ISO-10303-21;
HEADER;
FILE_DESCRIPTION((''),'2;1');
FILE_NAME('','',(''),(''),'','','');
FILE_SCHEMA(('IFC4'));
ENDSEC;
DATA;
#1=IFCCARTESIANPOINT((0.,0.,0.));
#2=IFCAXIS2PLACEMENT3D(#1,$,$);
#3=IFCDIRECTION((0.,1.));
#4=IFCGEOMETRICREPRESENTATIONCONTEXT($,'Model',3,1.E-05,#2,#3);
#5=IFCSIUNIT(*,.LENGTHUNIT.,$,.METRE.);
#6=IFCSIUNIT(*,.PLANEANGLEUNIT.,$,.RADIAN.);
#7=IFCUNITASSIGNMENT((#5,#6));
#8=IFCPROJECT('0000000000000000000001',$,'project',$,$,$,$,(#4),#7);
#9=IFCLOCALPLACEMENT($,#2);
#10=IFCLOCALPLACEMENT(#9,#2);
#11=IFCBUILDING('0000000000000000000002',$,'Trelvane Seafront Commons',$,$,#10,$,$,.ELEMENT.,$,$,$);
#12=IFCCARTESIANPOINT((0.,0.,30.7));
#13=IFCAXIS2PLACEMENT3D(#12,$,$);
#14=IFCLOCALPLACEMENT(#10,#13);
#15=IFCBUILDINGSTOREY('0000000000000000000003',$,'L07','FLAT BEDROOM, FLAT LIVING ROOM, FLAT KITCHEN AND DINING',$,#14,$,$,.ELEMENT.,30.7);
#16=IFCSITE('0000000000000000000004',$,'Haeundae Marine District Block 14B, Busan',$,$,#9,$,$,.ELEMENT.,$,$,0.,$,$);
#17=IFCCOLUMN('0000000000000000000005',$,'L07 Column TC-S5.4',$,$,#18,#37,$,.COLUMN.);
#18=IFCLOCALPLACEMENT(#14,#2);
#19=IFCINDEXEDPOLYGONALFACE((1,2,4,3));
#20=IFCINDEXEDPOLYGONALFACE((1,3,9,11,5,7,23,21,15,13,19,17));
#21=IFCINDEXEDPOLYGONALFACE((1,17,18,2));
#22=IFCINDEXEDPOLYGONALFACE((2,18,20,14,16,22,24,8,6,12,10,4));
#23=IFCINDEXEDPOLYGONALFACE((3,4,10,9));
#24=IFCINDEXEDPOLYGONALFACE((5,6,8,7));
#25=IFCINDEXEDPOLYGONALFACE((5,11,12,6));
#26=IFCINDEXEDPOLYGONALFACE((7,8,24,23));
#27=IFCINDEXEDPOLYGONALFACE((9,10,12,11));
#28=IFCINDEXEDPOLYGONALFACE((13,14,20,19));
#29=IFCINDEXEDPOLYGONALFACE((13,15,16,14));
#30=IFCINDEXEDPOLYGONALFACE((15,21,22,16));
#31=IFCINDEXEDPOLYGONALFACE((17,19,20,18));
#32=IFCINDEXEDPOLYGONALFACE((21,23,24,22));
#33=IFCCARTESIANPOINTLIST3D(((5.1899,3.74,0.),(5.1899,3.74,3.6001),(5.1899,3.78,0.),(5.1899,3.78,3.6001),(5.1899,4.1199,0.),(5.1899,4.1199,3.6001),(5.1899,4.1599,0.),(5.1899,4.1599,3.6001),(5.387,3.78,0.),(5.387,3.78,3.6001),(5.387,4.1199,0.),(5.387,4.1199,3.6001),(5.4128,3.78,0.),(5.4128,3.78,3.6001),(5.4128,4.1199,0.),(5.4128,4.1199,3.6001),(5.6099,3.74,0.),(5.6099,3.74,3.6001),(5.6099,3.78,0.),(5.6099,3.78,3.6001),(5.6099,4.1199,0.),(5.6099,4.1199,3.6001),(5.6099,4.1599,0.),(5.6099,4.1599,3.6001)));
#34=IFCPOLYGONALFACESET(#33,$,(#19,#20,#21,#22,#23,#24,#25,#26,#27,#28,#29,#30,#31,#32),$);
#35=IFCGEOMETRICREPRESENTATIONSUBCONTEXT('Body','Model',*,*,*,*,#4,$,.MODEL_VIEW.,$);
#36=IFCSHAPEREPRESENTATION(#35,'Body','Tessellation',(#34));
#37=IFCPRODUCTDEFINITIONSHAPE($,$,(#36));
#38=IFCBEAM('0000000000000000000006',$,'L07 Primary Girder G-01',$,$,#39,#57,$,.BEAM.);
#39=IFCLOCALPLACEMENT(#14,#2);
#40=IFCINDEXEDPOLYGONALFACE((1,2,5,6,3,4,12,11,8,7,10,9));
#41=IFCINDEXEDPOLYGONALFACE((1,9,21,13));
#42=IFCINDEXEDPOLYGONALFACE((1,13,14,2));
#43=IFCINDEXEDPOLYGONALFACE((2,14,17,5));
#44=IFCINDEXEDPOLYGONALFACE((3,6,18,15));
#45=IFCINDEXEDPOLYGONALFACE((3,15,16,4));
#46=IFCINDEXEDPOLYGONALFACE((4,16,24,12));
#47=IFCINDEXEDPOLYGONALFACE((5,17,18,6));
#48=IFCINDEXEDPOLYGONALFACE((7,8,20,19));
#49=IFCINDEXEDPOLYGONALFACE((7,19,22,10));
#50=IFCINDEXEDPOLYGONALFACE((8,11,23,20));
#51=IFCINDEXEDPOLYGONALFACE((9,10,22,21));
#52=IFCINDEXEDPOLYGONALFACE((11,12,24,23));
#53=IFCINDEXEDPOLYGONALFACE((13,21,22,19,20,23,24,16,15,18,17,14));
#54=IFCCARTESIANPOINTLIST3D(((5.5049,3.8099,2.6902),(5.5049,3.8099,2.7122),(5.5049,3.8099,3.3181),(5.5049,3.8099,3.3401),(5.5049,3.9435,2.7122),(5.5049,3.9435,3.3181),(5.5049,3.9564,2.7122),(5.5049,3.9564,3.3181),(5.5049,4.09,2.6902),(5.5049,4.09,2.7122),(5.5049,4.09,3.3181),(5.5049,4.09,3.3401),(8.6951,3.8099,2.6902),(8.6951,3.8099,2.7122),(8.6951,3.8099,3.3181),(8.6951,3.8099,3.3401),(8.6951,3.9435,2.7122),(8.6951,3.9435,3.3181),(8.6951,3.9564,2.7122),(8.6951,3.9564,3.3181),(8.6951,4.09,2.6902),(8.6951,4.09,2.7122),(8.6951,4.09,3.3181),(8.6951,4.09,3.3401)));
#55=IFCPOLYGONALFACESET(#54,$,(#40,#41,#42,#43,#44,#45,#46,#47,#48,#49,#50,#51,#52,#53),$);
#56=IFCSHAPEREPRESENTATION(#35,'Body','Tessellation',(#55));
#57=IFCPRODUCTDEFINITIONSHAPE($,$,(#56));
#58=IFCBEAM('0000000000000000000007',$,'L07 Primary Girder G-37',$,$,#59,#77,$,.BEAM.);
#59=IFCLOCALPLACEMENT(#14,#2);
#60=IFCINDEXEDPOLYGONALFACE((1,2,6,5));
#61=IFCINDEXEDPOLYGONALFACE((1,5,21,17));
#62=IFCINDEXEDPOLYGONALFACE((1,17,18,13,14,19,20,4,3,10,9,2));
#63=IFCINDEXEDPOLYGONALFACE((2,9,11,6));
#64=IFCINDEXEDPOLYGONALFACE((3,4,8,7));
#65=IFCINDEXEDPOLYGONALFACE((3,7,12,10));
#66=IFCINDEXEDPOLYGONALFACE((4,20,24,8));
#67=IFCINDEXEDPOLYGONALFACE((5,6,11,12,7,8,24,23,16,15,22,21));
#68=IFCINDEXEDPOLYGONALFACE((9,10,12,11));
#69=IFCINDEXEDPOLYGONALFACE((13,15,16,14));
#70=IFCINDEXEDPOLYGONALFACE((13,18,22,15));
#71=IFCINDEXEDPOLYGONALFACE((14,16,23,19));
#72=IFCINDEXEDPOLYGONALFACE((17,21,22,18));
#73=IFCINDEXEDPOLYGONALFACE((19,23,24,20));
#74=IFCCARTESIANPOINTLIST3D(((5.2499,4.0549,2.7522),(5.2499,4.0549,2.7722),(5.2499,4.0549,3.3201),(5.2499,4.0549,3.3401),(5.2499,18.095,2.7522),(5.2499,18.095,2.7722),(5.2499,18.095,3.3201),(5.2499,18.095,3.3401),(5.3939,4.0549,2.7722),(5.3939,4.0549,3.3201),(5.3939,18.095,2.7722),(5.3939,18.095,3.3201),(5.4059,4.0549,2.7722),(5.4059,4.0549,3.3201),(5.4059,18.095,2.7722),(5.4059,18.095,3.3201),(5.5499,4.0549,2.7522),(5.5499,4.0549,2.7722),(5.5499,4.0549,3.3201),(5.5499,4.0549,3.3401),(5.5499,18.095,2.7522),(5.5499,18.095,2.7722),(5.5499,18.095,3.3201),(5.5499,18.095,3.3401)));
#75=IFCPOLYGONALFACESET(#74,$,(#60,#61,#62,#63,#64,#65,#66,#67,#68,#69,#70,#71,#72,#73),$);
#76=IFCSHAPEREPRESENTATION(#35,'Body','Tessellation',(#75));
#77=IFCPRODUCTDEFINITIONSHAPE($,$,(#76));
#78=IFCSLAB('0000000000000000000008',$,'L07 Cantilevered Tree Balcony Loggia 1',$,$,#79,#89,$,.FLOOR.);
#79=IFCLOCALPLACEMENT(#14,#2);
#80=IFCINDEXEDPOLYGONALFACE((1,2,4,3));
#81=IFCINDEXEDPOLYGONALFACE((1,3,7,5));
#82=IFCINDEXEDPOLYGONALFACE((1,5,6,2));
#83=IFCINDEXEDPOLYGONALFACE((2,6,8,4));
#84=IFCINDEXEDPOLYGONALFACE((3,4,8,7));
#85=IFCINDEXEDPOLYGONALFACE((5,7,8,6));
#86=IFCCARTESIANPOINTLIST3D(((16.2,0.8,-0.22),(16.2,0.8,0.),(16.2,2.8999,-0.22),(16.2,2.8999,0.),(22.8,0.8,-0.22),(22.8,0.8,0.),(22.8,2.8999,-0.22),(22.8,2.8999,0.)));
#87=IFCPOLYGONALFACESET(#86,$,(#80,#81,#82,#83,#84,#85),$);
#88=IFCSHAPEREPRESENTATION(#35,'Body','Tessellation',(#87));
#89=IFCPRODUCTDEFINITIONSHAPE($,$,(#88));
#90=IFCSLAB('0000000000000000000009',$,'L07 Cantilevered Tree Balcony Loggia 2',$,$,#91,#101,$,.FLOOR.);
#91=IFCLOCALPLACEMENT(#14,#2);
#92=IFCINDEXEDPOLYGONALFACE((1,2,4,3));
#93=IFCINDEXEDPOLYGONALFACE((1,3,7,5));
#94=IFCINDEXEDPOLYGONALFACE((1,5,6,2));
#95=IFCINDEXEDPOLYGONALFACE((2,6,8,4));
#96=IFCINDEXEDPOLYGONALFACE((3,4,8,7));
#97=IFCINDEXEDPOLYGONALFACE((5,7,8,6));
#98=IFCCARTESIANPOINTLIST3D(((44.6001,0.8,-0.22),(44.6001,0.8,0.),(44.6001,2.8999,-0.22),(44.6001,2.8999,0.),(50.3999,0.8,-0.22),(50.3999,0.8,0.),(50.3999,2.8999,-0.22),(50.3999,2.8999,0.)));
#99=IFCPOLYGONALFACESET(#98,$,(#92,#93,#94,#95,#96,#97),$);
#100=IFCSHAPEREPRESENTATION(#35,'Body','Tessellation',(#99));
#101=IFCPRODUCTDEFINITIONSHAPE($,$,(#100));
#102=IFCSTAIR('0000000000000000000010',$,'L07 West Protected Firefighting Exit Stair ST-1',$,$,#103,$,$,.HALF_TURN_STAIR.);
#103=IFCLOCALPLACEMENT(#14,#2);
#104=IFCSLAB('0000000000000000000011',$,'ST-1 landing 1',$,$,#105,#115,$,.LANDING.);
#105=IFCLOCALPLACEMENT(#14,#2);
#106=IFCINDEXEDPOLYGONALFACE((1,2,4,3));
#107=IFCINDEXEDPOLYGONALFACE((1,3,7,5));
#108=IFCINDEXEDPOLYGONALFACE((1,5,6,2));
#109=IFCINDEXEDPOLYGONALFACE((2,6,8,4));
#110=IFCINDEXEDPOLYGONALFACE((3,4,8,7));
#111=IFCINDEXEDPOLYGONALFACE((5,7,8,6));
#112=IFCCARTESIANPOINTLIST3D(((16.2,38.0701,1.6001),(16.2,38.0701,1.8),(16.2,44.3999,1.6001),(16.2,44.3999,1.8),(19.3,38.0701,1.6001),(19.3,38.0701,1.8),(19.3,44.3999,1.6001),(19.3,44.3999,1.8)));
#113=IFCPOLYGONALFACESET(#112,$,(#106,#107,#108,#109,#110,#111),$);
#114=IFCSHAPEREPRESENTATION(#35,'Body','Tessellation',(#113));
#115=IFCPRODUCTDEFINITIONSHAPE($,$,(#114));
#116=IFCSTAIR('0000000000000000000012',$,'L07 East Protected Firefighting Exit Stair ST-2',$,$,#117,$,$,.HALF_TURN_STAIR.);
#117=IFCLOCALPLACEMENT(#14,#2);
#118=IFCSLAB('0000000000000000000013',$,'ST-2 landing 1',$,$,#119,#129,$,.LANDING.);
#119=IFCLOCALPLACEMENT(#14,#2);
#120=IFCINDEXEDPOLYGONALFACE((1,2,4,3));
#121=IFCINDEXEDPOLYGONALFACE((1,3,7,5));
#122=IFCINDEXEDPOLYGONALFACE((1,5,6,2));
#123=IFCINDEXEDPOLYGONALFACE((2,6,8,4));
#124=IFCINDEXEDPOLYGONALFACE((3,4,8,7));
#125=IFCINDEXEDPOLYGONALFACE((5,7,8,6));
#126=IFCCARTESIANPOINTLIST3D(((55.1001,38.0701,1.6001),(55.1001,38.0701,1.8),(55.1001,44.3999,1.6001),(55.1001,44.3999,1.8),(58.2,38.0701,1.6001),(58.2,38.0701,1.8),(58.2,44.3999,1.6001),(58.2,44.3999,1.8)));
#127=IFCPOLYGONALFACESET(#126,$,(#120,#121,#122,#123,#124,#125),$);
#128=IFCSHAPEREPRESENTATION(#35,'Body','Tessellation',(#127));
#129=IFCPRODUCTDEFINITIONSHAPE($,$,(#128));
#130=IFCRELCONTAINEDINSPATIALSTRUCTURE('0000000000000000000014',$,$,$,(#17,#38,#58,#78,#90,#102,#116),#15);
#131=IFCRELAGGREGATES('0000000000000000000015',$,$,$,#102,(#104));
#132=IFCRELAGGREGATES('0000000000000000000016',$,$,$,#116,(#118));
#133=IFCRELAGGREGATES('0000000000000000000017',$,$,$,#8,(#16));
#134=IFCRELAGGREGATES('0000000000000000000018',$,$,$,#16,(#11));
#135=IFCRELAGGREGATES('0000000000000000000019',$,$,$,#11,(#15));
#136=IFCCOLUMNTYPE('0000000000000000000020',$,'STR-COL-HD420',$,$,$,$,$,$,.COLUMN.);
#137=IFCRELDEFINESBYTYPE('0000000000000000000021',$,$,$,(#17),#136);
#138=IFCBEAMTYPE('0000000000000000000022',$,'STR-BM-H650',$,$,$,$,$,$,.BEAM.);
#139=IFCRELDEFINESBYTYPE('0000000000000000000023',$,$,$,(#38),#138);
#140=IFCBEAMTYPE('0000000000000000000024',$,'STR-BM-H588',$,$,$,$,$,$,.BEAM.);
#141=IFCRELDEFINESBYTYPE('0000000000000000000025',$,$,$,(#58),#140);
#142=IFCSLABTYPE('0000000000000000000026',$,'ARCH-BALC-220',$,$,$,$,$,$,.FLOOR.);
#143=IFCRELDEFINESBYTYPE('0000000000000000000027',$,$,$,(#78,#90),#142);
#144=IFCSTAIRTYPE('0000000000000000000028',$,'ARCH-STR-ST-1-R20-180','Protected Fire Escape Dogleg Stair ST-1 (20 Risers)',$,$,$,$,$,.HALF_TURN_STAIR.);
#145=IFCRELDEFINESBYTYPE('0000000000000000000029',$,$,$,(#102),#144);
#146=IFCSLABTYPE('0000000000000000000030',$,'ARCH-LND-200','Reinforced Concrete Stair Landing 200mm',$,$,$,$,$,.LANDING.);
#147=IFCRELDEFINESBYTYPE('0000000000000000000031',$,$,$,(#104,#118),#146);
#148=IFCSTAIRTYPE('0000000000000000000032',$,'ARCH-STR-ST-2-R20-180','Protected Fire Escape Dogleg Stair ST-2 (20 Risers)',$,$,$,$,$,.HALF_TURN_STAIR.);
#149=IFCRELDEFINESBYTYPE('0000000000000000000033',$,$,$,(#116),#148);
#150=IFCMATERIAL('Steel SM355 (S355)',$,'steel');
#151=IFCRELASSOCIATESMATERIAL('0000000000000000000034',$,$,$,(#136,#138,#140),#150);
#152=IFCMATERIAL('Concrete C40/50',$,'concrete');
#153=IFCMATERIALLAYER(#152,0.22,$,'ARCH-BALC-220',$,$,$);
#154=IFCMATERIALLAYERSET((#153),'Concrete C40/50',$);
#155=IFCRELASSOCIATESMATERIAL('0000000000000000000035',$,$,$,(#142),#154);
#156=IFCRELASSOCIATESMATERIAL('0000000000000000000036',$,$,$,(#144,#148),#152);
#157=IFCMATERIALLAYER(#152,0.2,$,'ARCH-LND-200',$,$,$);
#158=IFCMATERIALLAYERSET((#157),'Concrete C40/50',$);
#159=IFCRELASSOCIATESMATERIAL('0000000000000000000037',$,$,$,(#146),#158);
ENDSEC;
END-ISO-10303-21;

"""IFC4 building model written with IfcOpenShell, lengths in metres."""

from ifc_helpers import new_model, si_unit, direction, frame, origin, origin_2d, place, context, subcontext, project, spatial, polyline, i_section, outline, extrude, source, transform, mapped, material, layer, layer_set, material_profile, profile_set, type_object, element, aggregate, save


model = new_model("IFC4")

# Units and contexts
model_context = context("Model", 3, precision=1e-05, world=origin(), true_north=direction((0.0, 1.0)))
body_context = subcontext(model_context, "Body", "Model", "MODEL_VIEW")
ifc_project = project(units=[si_unit("LENGTHUNIT", "METRE"), si_unit("PLANEANGLEUNIT", "RADIAN")], contexts=[model_context])

# Site, building, storey
site_placement = place(None, origin())
site = spatial("IfcSite", under=ifc_project, at=site_placement, Name="Haeundae Marine District Block 14B, Busan", CompositionType="ELEMENT", RefElevation=0.0)
building_placement = place(site_placement, origin())
building = spatial("IfcBuilding", under=site, at=building_placement, Name="Trelvane Seafront Commons", CompositionType="ELEMENT")
storey_placement = place(building_placement, frame((0.0, 0.0, 30.7)))
storey = spatial("IfcBuildingStorey", under=building, at=storey_placement, Name="L07", Description="FLAT BEDROOM, FLAT LIVING ROOM, FLAT KITCHEN AND DINING", CompositionType="ELEMENT", Elevation=30.7)

# Column
ifc_material_1 = material(Name="Steel SM355 (S355)", Category="steel")
ifc_material_profile_1 = material_profile(ifc_material_1, i_section(OverallWidth=0.4199, OverallDepth=0.4199, WebThickness=0.0259, FlangeThickness=0.04, at=origin_2d()), Name="HD-420x420x26x40")
ifc_profile_set_1 = profile_set([ifc_material_profile_1], Name="Steel SM355 (S355)")
column_type = type_object("IfcColumnType", Name="STR-COL-HD420", PredefinedType="COLUMN", material=ifc_profile_set_1)
shared_shape_1 = source(origin(), body_context, "Body", "SweptSolid", [
    extrude(i_section(OverallWidth=0.4199, OverallDepth=0.4199, WebThickness=0.0259, FlangeThickness=0.04, at=origin_2d()), origin(), (0.0, 0.0, 1.0), 3.6001),
])
column_placement = place(storey_placement, frame((5.3999, 3.95, 0.0), z_axis=(0.0, 0.0, 1.0), x_axis=(1.0, 0.0, 0.0)))
element("IfcColumn", 1, at=column_placement, inside=storey, type_object=column_type, Name="L07 Column TC-S5.4", PredefinedType="COLUMN", context=body_context, shape_type="MappedRepresentation", body=[
    mapped(shared_shape_1, transform((0.0, 0.0, 0.0), x_axis=(1.0, 0.0, 0.0), y_axis=(0.0, 1.0, 0.0), z_axis=(0.0, 0.0, 1.0), scale=1.0)),
])

# Beams
ifc_material_profile_2 = material_profile(ifc_material_1, i_section(OverallWidth=0.28, OverallDepth=0.6499, WebThickness=0.0129, FlangeThickness=0.022, at=origin_2d()), Name="H-650x280x13x22")
ifc_profile_set_2 = profile_set([ifc_material_profile_2], Name="Steel SM355 (S355)")
beam_type_1 = type_object("IfcBeamType", Name="STR-BM-H650", PredefinedType="BEAM", material=ifc_profile_set_2)
shared_shape_2 = source(origin(), body_context, "Body", "SweptSolid", [
    extrude(i_section(OverallWidth=0.28, OverallDepth=0.6499, WebThickness=0.0129, FlangeThickness=0.022, at=origin_2d()), origin(), (0.0, 0.0, 1.0), 3.1902),
])
beam_1_placement = place(storey_placement, frame((5.5049, 3.95, 3.0151), z_axis=(1.0, 0.0, 0.0), x_axis=(0.0, 1.0, 0.0)))
element("IfcBeam", 2, at=beam_1_placement, inside=storey, type_object=beam_type_1, Name="L07 Primary Girder G-01", PredefinedType="BEAM", context=body_context, shape_type="MappedRepresentation", body=[
    mapped(shared_shape_2, transform((0.0, 0.0, 0.0), x_axis=(1.0, 0.0, 0.0), y_axis=(0.0, 1.0, 0.0), z_axis=(0.0, 0.0, 1.0), scale=1.0)),
])
ifc_material_profile_3 = material_profile(ifc_material_1, i_section(OverallWidth=0.3, OverallDepth=0.5879, WebThickness=0.012, FlangeThickness=0.02, at=origin_2d()), Name="H-588x300x12x20")
ifc_profile_set_3 = profile_set([ifc_material_profile_3], Name="Steel SM355 (S355)")
beam_type_2 = type_object("IfcBeamType", Name="STR-BM-H588", PredefinedType="BEAM", material=ifc_profile_set_3)
shared_shape_3 = source(origin(), body_context, "Body", "SweptSolid", [
    extrude(i_section(OverallWidth=0.3, OverallDepth=0.5879, WebThickness=0.012, FlangeThickness=0.02, at=origin_2d()), origin(), (0.0, 0.0, 1.0), 14.04),
])
beam_2_placement = place(storey_placement, frame((5.3999, 4.0549, 3.0461), z_axis=(0.0, 1.0, 0.0), x_axis=(-1.0, 0.0, 0.0)))
element("IfcBeam", 3, at=beam_2_placement, inside=storey, type_object=beam_type_2, Name="L07 Primary Girder G-37", PredefinedType="BEAM", context=body_context, shape_type="MappedRepresentation", body=[
    mapped(shared_shape_3, transform((0.0, 0.0, 0.0), x_axis=(1.0, 0.0, 0.0), y_axis=(0.0, 1.0, 0.0), z_axis=(0.0, 0.0, 1.0), scale=1.0)),
])

# Slabs
ifc_material_2 = material(Name="Concrete C40/50", Category="concrete")
ifc_layer_1 = layer(ifc_material_2, 0.22, Name="ARCH-BALC-220")
ifc_layer_set_1 = layer_set([ifc_layer_1], Name="Concrete C40/50")
slab_type_1 = type_object("IfcSlabType", Name="ARCH-BALC-220", PredefinedType="FLOOR", material=ifc_layer_set_1)
slab_1_placement = place(storey_placement, frame((0.0, 0.0, -0.22)))
element("IfcSlab", 4, at=slab_1_placement, inside=storey, type_object=slab_type_1, Name="L07 Cantilevered Tree Balcony Loggia 1", PredefinedType="FLOOR", context=body_context, shape_type="SweptSolid", body=[
    extrude(outline(polyline([(16.2, 0.8), (22.8, 0.8), (22.8, 2.8999), (16.2, 2.8999), (16.2, 0.8)])), origin(), (0.0, 0.0, 1.0), 0.22),
])
slab_2_placement = place(storey_placement, frame((0.0, 0.0, -0.22)))
element("IfcSlab", 5, at=slab_2_placement, inside=storey, type_object=slab_type_1, Name="L07 Cantilevered Tree Balcony Loggia 2", PredefinedType="FLOOR", context=body_context, shape_type="SweptSolid", body=[
    extrude(outline(polyline([(44.6001, 0.8), (50.3999, 0.8), (50.3999, 2.8999), (44.6001, 2.8999), (44.6001, 0.8)])), origin(), (0.0, 0.0, 1.0), 0.22),
])

# Stairs, slabs
stair_type_1 = type_object("IfcStairType", Name="ARCH-STR-ST-1-R20-180", Description="Protected Fire Escape Dogleg Stair ST-1 (20 Risers)", PredefinedType="HALF_TURN_STAIR", material=ifc_material_2)
stair_1_placement = place(storey_placement, origin())
stair_1 = element("IfcStair", 6, at=stair_1_placement, inside=storey, type_object=stair_type_1, Name="L07 West Protected Firefighting Exit Stair ST-1", PredefinedType="HALF_TURN_STAIR")
ifc_layer_2 = layer(ifc_material_2, 0.2, Name="ARCH-LND-200")
ifc_layer_set_2 = layer_set([ifc_layer_2], Name="Concrete C40/50")
slab_type_2 = type_object("IfcSlabType", Name="ARCH-LND-200", Description="Reinforced Concrete Stair Landing 200mm", PredefinedType="LANDING", material=ifc_layer_set_2)
slab_3_placement = place(storey_placement, frame((0.0, 0.0, 1.6001)))
slab_3 = element("IfcSlab", 7, at=slab_3_placement, type_object=slab_type_2, Name="ST-1 landing 1", PredefinedType="LANDING", context=body_context, shape_type="SweptSolid", body=[
    extrude(outline(polyline([(19.3, 38.0701), (19.3, 44.3999), (16.2, 44.3999), (16.2, 38.0701), (19.3, 38.0701)])), origin(), (0.0, 0.0, 1.0), 0.2),
])
aggregate(stair_1, [slab_3])
stair_type_2 = type_object("IfcStairType", Name="ARCH-STR-ST-2-R20-180", Description="Protected Fire Escape Dogleg Stair ST-2 (20 Risers)", PredefinedType="HALF_TURN_STAIR", material=ifc_material_2)
stair_2_placement = place(storey_placement, origin())
stair_2 = element("IfcStair", 8, at=stair_2_placement, inside=storey, type_object=stair_type_2, Name="L07 East Protected Firefighting Exit Stair ST-2", PredefinedType="HALF_TURN_STAIR")
slab_4_placement = place(storey_placement, frame((0.0, 0.0, 1.6001)))
slab_4 = element("IfcSlab", 9, at=slab_4_placement, type_object=slab_type_2, Name="ST-2 landing 1", PredefinedType="LANDING", context=body_context, shape_type="SweptSolid", body=[
    extrude(outline(polyline([(58.2, 38.0701), (58.2, 44.3999), (55.1001, 44.3999), (55.1001, 38.0701), (58.2, 38.0701)])), origin(), (0.0, 0.0, 1.0), 0.2),
])
aggregate(stair_2, [slab_4])

save(model, "model.ifc")
